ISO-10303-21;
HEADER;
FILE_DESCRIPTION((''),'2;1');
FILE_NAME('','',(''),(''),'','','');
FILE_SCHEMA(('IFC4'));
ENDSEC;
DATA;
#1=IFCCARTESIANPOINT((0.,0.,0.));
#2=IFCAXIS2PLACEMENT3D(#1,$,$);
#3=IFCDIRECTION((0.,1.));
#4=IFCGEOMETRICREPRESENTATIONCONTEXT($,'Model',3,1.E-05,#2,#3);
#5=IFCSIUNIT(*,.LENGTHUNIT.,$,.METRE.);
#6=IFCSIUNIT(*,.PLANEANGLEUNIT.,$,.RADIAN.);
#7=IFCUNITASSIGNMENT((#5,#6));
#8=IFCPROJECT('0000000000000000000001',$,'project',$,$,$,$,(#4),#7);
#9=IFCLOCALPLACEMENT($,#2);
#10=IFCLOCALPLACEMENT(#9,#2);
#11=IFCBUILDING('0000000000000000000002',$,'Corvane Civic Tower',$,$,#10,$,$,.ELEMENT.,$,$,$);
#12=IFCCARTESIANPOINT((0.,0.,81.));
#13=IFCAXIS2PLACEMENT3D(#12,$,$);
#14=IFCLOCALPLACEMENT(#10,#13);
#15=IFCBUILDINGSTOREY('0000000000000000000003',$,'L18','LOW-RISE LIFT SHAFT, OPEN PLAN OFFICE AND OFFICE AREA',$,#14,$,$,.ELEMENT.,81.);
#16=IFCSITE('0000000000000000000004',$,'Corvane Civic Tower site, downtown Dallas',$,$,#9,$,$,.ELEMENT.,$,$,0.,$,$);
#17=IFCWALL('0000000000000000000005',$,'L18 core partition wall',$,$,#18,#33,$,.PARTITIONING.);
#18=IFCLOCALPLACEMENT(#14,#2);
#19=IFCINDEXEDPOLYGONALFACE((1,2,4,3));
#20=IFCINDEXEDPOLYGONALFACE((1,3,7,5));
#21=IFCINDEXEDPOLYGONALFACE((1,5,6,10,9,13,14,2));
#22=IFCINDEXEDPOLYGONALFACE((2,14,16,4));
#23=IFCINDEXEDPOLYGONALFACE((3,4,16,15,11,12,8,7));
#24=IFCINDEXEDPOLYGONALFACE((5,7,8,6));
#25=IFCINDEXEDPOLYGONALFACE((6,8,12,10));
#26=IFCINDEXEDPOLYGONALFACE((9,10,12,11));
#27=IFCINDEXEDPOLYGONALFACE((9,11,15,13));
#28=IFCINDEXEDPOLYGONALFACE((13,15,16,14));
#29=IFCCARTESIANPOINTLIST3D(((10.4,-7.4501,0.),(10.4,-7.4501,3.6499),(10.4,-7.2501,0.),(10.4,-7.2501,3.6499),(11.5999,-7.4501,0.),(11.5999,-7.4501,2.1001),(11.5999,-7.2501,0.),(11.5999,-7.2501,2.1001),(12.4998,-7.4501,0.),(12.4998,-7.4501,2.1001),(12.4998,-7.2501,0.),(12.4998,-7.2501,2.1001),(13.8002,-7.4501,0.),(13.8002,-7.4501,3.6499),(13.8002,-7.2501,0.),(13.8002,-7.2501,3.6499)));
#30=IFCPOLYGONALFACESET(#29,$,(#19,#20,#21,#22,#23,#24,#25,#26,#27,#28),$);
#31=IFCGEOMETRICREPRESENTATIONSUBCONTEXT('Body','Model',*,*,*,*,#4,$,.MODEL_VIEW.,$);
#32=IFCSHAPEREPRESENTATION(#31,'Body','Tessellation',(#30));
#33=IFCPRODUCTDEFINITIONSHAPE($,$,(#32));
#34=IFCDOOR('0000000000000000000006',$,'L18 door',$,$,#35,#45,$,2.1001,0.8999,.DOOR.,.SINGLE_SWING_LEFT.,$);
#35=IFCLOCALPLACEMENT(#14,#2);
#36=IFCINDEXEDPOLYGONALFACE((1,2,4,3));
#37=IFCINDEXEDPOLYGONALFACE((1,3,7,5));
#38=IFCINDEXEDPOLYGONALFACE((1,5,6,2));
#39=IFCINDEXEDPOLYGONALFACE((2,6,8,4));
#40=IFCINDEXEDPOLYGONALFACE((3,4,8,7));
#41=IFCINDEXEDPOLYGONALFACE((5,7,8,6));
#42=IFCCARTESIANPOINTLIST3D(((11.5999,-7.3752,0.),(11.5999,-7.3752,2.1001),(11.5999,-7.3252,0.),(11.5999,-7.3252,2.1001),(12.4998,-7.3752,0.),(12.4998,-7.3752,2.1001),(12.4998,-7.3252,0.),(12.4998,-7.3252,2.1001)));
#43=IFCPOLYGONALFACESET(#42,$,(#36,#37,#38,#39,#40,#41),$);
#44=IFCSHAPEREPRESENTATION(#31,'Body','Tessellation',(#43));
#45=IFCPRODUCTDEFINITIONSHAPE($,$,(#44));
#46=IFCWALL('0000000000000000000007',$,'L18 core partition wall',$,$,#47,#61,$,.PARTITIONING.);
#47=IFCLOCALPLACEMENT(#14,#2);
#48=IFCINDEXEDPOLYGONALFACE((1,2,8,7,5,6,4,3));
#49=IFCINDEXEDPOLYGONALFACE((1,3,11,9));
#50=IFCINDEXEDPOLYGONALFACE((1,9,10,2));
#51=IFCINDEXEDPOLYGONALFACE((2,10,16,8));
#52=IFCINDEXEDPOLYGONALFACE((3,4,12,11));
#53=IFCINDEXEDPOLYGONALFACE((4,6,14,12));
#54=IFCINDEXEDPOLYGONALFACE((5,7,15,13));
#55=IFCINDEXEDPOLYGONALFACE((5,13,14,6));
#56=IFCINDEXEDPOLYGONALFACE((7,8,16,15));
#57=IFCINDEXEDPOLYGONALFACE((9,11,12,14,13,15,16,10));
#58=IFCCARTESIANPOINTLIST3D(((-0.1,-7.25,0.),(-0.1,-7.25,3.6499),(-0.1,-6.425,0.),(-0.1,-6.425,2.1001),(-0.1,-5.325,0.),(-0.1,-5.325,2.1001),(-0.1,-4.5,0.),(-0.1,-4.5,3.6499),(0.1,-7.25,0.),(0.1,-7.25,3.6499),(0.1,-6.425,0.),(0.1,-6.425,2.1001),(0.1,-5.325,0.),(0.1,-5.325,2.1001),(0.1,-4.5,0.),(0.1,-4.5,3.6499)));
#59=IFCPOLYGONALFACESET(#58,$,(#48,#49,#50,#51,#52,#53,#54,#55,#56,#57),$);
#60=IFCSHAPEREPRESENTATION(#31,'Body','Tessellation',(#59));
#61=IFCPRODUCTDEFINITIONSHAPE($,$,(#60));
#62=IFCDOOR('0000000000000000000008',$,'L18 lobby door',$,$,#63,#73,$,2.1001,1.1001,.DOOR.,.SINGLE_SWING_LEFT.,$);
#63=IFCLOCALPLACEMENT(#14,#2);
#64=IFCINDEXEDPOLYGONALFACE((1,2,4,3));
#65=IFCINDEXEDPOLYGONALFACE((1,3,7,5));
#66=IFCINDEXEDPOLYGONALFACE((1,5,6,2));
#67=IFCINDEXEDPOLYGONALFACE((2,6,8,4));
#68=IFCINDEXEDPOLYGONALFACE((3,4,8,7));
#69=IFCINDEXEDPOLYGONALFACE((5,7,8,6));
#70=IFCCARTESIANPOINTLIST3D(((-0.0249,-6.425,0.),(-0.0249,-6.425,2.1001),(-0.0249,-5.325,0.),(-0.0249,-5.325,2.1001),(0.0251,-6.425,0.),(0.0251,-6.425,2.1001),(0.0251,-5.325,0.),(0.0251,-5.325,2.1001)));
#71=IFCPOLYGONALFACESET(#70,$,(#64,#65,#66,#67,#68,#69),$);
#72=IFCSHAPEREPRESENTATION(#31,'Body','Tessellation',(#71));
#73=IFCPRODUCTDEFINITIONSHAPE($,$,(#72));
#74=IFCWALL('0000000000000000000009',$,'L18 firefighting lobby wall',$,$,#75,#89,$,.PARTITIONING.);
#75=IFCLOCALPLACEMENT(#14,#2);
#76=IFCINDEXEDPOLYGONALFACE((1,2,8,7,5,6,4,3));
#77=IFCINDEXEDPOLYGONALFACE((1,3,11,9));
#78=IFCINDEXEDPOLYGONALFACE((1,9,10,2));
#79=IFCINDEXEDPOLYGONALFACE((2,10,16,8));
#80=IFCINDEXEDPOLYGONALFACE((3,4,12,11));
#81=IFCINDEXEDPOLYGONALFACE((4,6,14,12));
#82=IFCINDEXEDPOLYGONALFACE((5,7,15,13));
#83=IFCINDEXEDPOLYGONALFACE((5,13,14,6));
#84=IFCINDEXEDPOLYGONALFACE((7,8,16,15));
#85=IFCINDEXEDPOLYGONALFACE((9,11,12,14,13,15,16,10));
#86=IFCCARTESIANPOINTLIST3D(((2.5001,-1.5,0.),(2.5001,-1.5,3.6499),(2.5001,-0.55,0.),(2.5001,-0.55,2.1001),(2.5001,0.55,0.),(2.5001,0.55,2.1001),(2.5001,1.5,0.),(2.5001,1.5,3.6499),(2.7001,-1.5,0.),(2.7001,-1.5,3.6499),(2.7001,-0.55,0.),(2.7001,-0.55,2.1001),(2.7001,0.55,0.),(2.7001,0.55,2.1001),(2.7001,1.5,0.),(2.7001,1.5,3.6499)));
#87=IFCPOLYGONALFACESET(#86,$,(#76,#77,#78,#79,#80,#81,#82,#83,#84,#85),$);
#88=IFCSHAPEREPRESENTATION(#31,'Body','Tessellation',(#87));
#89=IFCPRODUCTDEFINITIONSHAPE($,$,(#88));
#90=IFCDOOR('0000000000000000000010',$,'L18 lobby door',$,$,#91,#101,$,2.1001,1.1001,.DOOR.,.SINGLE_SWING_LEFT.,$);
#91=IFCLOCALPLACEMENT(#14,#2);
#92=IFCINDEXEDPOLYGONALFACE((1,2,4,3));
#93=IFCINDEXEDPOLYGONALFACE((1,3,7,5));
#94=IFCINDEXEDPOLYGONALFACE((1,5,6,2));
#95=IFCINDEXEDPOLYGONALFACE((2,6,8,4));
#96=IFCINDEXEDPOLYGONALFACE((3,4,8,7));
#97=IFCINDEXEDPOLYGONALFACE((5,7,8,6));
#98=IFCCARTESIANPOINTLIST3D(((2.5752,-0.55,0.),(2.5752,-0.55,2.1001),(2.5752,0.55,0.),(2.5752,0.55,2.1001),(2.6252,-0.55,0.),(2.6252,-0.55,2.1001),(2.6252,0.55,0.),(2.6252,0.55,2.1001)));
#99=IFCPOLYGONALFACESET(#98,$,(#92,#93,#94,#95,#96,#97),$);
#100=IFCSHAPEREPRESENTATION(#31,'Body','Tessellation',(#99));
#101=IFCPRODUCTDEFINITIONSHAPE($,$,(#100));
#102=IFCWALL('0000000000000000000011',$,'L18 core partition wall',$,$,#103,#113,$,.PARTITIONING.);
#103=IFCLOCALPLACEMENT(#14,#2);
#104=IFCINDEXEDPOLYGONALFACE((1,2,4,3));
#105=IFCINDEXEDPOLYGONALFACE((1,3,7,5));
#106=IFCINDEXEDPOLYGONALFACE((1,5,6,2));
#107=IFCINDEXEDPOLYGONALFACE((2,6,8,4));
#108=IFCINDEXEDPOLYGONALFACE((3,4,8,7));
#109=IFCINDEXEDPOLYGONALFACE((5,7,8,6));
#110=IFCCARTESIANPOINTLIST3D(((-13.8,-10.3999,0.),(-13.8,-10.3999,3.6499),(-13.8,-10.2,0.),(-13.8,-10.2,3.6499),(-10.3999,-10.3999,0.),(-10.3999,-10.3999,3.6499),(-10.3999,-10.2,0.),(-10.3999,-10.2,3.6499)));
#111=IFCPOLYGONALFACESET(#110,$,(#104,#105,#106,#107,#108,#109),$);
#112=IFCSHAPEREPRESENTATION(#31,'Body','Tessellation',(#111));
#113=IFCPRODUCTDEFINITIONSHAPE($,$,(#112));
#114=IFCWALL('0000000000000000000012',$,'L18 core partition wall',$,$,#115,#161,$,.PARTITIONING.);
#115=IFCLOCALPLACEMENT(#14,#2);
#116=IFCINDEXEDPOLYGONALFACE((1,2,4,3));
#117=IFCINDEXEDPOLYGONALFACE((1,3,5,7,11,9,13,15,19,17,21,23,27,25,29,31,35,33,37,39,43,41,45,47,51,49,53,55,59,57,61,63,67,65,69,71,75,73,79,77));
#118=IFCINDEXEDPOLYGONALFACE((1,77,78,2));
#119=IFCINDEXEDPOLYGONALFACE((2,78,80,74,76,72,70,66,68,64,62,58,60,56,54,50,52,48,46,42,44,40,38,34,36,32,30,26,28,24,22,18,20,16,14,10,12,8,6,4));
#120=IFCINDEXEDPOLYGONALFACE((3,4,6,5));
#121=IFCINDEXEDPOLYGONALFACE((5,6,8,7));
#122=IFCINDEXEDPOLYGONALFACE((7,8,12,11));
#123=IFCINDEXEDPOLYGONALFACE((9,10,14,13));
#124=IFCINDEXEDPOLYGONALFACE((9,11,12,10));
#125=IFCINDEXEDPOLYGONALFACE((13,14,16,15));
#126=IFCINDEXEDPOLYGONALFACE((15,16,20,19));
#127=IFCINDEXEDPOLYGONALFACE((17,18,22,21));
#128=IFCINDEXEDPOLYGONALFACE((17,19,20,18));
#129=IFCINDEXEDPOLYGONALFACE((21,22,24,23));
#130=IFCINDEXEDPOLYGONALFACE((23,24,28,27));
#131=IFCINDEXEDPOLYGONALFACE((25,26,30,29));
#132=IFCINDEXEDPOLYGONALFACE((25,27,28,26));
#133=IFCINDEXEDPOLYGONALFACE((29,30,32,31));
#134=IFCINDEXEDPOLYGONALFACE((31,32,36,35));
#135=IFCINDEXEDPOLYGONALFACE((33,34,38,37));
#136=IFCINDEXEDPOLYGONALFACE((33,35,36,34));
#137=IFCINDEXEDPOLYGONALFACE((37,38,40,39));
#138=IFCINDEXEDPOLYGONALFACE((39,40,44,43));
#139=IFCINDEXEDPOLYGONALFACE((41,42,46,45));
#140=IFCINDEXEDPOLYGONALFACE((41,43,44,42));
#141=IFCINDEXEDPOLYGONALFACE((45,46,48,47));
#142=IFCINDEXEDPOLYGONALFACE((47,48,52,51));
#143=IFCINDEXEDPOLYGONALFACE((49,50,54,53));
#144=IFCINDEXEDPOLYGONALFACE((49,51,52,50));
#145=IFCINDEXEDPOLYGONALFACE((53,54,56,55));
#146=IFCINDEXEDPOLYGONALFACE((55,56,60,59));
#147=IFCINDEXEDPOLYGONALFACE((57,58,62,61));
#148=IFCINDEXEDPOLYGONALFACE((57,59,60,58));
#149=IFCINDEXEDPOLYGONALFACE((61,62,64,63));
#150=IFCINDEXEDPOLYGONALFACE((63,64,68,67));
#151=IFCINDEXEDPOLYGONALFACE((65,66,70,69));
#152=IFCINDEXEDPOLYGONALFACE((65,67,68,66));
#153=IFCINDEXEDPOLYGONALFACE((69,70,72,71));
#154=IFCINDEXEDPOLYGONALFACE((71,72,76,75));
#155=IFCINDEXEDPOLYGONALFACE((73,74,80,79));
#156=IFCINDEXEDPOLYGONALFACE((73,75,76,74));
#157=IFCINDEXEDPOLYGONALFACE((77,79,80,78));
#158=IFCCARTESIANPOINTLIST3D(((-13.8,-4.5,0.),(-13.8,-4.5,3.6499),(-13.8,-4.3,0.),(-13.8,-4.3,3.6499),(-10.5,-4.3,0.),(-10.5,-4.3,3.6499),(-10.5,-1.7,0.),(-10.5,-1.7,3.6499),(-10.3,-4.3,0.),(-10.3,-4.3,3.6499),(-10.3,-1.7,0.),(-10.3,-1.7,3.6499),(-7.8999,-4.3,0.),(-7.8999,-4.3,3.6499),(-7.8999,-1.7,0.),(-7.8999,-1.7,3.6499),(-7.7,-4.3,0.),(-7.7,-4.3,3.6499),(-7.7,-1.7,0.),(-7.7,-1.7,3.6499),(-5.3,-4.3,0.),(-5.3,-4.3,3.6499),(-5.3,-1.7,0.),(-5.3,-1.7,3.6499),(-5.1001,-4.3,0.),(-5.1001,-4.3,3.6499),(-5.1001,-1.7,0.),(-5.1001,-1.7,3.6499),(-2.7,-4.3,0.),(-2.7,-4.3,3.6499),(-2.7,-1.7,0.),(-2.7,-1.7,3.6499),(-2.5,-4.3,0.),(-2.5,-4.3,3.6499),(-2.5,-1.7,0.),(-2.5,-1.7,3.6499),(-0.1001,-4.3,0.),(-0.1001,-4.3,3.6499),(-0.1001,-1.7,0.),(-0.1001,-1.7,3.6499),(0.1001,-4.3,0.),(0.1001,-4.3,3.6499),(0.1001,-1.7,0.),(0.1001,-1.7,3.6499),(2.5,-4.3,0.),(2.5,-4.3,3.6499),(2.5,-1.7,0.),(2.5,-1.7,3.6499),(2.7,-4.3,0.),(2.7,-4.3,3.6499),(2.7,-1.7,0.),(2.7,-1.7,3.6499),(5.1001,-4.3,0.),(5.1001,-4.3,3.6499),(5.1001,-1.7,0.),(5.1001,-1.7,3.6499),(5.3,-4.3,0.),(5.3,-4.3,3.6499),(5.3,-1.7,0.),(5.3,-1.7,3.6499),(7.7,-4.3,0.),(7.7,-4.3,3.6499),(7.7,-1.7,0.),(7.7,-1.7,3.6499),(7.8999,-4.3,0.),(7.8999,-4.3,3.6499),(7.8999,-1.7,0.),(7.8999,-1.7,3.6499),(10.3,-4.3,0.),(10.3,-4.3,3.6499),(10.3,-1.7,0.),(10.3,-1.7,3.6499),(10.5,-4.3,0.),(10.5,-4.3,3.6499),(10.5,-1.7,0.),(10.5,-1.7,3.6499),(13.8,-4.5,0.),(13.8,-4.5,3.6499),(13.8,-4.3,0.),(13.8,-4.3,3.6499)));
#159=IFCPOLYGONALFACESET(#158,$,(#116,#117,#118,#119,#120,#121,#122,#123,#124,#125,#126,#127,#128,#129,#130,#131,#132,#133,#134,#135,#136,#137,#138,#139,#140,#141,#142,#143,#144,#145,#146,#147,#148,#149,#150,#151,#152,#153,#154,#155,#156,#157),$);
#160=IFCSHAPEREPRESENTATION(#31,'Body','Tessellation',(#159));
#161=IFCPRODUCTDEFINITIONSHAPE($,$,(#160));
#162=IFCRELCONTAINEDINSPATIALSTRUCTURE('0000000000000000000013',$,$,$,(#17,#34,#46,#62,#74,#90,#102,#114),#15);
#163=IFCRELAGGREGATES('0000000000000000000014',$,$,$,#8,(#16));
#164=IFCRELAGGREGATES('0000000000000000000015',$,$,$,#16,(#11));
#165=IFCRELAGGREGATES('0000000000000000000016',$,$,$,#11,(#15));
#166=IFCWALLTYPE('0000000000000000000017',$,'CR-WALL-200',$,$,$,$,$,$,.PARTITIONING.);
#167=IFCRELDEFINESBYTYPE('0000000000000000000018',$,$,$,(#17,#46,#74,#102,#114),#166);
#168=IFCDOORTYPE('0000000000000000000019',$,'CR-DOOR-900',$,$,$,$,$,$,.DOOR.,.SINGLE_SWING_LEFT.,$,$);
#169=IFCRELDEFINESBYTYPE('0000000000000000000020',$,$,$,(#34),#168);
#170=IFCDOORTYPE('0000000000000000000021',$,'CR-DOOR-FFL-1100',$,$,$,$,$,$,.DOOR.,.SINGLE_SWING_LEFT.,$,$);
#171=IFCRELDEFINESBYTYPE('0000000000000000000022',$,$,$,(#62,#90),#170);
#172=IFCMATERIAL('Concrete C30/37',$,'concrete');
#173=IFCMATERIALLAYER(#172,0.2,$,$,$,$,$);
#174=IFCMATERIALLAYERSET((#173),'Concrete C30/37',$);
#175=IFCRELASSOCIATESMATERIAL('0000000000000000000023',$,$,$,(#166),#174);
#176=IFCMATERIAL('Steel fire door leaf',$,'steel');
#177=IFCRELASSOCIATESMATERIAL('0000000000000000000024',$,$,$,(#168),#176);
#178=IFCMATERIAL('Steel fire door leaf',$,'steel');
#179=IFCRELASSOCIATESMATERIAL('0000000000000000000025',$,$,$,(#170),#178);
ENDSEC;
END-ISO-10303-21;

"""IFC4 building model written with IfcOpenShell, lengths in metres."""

from ifc_helpers import new_model, si_unit, direction, frame, frame_2d, origin, place, context, subcontext, project, spatial, polyline, rectangle, outline, extrude, material, layer, layer_set, type_object, element, fill, save


model = new_model("IFC4")

# Units and contexts
model_context = context("Model", 3, precision=1e-05, world=origin(), true_north=direction((0.0, 1.0)))
body_context = subcontext(model_context, "Body", "Model", "MODEL_VIEW")
ifc_project = project(units=[si_unit("LENGTHUNIT", "METRE"), si_unit("PLANEANGLEUNIT", "RADIAN")], contexts=[model_context])

# Site, building, storey
site_placement = place(None, origin())
site = spatial("IfcSite", under=ifc_project, at=site_placement, Name="Corvane Civic Tower site, downtown Dallas", CompositionType="ELEMENT", RefElevation=0.0)
building_placement = place(site_placement, origin())
building = spatial("IfcBuilding", under=site, at=building_placement, Name="Corvane Civic Tower", CompositionType="ELEMENT")
storey_placement = place(building_placement, frame((0.0, 0.0, 81.0)))
storey = spatial("IfcBuildingStorey", under=building, at=storey_placement, Name="L18", Description="LOW-RISE LIFT SHAFT, OPEN PLAN OFFICE AND OFFICE AREA", CompositionType="ELEMENT", Elevation=81.0)

# Walls, openings, doors
ifc_material_1 = material(Name="Concrete C30/37", Category="concrete")
ifc_layer_1 = layer(ifc_material_1, 0.2)
ifc_layer_set_1 = layer_set([ifc_layer_1], Name="Concrete C30/37")
wall_type_1 = type_object("IfcWallType", Name="CR-WALL-200", PredefinedType="PARTITIONING", material=ifc_layer_set_1)
ifc_material_2 = material(Name="Steel fire door leaf", Category="steel")
door_type_1 = type_object("IfcDoorType", Name="CR-DOOR-900", OperationType="SINGLE_SWING_LEFT", PredefinedType="DOOR", material=ifc_material_2)
wall_1_placement = place(storey_placement, frame((10.3999, -7.3501, 0.0), z_axis=(0.0, 0.0, 1.0), x_axis=(1.0, 0.0, 0.0)))
wall_1 = element("IfcWall", 1, at=wall_1_placement, inside=storey, type_object=wall_type_1, Name="L18 core partition wall", PredefinedType="PARTITIONING", context=body_context, shape_type="SweptSolid", body=[
    extrude(rectangle(XDim=3.4001, YDim=0.2, at=frame_2d((1.7002, 0.0))), origin(), (0.0, 0.0, 1.0), 3.6499),
])
opening_1_placement = place(wall_1_placement, frame((1.2, 0.0, 0.0)))
opening_1 = element("IfcOpeningElement", 2, at=opening_1_placement, cuts=wall_1, PredefinedType="OPENING", context=body_context, shape_type="SweptSolid", body=[
    extrude(rectangle(XDim=0.8999, YDim=2.1001, at=frame_2d((0.45, 1.05))), frame((0.0, 0.1099, 0.0), z_axis=(0.0, -1.0, 0.0), x_axis=(1.0, 0.0, 0.0)), (0.0, 0.0, 1.0), 0.22),
])
door_1_placement = place(opening_1_placement, origin())
door_1 = element("IfcDoor", 3, at=door_1_placement, inside=storey, type_object=door_type_1, Name="L18 door", OperationType="SINGLE_SWING_LEFT", OverallHeight=2.1001, OverallWidth=0.8999, PredefinedType="DOOR", context=body_context, shape_type="SweptSolid", body=[
    extrude(rectangle(XDim=0.8999, YDim=2.1001, at=frame_2d((0.45, 1.05))), frame((0.0, 0.0249, 0.0), z_axis=(0.0, -1.0, 0.0), x_axis=(1.0, 0.0, 0.0)), (0.0, 0.0, 1.0), 0.05),
])
fill(opening_1, door_1)
wall_2_placement = place(storey_placement, frame((0.0, -7.25, 0.0), z_axis=(0.0, 0.0, 1.0), x_axis=(0.0, 1.0, 0.0)))
wall_2 = element("IfcWall", 4, at=wall_2_placement, inside=storey, type_object=wall_type_1, Name="L18 core partition wall", PredefinedType="PARTITIONING", context=body_context, shape_type="SweptSolid", body=[
    extrude(rectangle(XDim=2.75, YDim=0.2, at=frame_2d((1.375, 0.0))), origin(), (0.0, 0.0, 1.0), 3.6499),
])
opening_2_placement = place(wall_2_placement, frame((0.825, 0.0, 0.0)))
opening_2 = element("IfcOpeningElement", 5, at=opening_2_placement, cuts=wall_2, PredefinedType="OPENING", context=body_context, shape_type="SweptSolid", body=[
    extrude(rectangle(XDim=1.1001, YDim=2.1001, at=frame_2d((0.55, 1.05))), frame((0.0, 0.1099, 0.0), z_axis=(0.0, -1.0, 0.0), x_axis=(1.0, 0.0, 0.0)), (0.0, 0.0, 1.0), 0.22),
])
ifc_material_3 = material(Name="Steel fire door leaf", Category="steel")
door_type_2 = type_object("IfcDoorType", Name="CR-DOOR-FFL-1100", OperationType="SINGLE_SWING_LEFT", PredefinedType="DOOR", material=ifc_material_3)
door_2_placement = place(opening_2_placement, origin())
door_2 = element("IfcDoor", 6, at=door_2_placement, inside=storey, type_object=door_type_2, Name="L18 lobby door", OperationType="SINGLE_SWING_LEFT", OverallHeight=2.1001, OverallWidth=1.1001, PredefinedType="DOOR", context=body_context, shape_type="SweptSolid", body=[
    extrude(rectangle(XDim=1.1001, YDim=2.1001, at=frame_2d((0.55, 1.05))), frame((0.0, 0.0249, 0.0), z_axis=(0.0, -1.0, 0.0), x_axis=(1.0, 0.0, 0.0)), (0.0, 0.0, 1.0), 0.05),
])
fill(opening_2, door_2)
wall_3_placement = place(storey_placement, frame((2.6001, -1.5, 0.0), z_axis=(0.0, 0.0, 1.0), x_axis=(0.0, 1.0, 0.0)))
wall_3 = element("IfcWall", 7, at=wall_3_placement, inside=storey, type_object=wall_type_1, Name="L18 firefighting lobby wall", PredefinedType="PARTITIONING", context=body_context, shape_type="SweptSolid", body=[
    extrude(rectangle(XDim=3.0, YDim=0.2, at=frame_2d((1.5, 0.0))), origin(), (0.0, 0.0, 1.0), 3.6499),
])
opening_3_placement = place(wall_3_placement, frame((0.95, 0.0, 0.0)))
opening_3 = element("IfcOpeningElement", 8, at=opening_3_placement, cuts=wall_3, PredefinedType="OPENING", context=body_context, shape_type="SweptSolid", body=[
    extrude(rectangle(XDim=1.1001, YDim=2.1001, at=frame_2d((0.55, 1.05))), frame((0.0, 0.1099, 0.0), z_axis=(0.0, -1.0, 0.0), x_axis=(1.0, 0.0, 0.0)), (0.0, 0.0, 1.0), 0.22),
])
door_3_placement = place(opening_3_placement, origin())
door_3 = element("IfcDoor", 9, at=door_3_placement, inside=storey, type_object=door_type_2, Name="L18 lobby door", OperationType="SINGLE_SWING_LEFT", OverallHeight=2.1001, OverallWidth=1.1001, PredefinedType="DOOR", context=body_context, shape_type="SweptSolid", body=[
    extrude(rectangle(XDim=1.1001, YDim=2.1001, at=frame_2d((0.55, 1.05))), frame((0.0, 0.0249, 0.0), z_axis=(0.0, -1.0, 0.0), x_axis=(1.0, 0.0, 0.0)), (0.0, 0.0, 1.0), 0.05),
])
fill(opening_3, door_3)

# Walls
wall_4_placement = place(storey_placement, origin())
element("IfcWall", 10, at=wall_4_placement, inside=storey, type_object=wall_type_1, Name="L18 core partition wall", PredefinedType="PARTITIONING", context=body_context, shape_type="SweptSolid", body=[
    extrude(outline(polyline([(-10.3999, -10.3999), (-13.8, -10.3999), (-13.8, -10.2), (-10.3999, -10.2), (-10.3999, -10.3999)])), origin(), (0.0, 0.0, 1.0), 3.6499),
])
wall_5_placement = place(storey_placement, origin())
element("IfcWall", 11, at=wall_5_placement, inside=storey, type_object=wall_type_1, Name="L18 core partition wall", PredefinedType="PARTITIONING", context=body_context, shape_type="SweptSolid", body=[
    extrude(outline(polyline([(-10.5, -1.7), (-10.3, -1.7), (-10.3, -4.3), (-7.8999, -4.3), (-7.8999, -1.7), (-7.7, -1.7), (-7.7, -4.3), (-5.3, -4.3), (-5.3, -1.7), (-5.1001, -1.7), (-5.1001, -4.3), (-2.7, -4.3), (-2.7, -1.7), (-2.5, -1.7), (-2.5, -4.3), (-0.1001, -4.3), (-0.1001, -1.7), (0.1001, -1.7), (0.1001, -4.3), (2.5, -4.3), (2.5, -1.7), (2.7, -1.7), (2.7, -4.3), (5.1001, -4.3), (5.1001, -1.7), (5.3, -1.7), (5.3, -4.3), (7.7, -4.3), (7.7, -1.7), (7.8999, -1.7), (7.8999, -4.3), (10.3, -4.3), (10.3, -1.7), (10.5, -1.7), (10.5, -4.3), (13.8, -4.3), (13.8, -4.5), (-13.8, -4.5), (-13.8, -4.3), (-10.5, -4.3), (-10.5, -1.7)])), origin(), (0.0, 0.0, 1.0), 3.6499),
])

save(model, "model.ifc")
